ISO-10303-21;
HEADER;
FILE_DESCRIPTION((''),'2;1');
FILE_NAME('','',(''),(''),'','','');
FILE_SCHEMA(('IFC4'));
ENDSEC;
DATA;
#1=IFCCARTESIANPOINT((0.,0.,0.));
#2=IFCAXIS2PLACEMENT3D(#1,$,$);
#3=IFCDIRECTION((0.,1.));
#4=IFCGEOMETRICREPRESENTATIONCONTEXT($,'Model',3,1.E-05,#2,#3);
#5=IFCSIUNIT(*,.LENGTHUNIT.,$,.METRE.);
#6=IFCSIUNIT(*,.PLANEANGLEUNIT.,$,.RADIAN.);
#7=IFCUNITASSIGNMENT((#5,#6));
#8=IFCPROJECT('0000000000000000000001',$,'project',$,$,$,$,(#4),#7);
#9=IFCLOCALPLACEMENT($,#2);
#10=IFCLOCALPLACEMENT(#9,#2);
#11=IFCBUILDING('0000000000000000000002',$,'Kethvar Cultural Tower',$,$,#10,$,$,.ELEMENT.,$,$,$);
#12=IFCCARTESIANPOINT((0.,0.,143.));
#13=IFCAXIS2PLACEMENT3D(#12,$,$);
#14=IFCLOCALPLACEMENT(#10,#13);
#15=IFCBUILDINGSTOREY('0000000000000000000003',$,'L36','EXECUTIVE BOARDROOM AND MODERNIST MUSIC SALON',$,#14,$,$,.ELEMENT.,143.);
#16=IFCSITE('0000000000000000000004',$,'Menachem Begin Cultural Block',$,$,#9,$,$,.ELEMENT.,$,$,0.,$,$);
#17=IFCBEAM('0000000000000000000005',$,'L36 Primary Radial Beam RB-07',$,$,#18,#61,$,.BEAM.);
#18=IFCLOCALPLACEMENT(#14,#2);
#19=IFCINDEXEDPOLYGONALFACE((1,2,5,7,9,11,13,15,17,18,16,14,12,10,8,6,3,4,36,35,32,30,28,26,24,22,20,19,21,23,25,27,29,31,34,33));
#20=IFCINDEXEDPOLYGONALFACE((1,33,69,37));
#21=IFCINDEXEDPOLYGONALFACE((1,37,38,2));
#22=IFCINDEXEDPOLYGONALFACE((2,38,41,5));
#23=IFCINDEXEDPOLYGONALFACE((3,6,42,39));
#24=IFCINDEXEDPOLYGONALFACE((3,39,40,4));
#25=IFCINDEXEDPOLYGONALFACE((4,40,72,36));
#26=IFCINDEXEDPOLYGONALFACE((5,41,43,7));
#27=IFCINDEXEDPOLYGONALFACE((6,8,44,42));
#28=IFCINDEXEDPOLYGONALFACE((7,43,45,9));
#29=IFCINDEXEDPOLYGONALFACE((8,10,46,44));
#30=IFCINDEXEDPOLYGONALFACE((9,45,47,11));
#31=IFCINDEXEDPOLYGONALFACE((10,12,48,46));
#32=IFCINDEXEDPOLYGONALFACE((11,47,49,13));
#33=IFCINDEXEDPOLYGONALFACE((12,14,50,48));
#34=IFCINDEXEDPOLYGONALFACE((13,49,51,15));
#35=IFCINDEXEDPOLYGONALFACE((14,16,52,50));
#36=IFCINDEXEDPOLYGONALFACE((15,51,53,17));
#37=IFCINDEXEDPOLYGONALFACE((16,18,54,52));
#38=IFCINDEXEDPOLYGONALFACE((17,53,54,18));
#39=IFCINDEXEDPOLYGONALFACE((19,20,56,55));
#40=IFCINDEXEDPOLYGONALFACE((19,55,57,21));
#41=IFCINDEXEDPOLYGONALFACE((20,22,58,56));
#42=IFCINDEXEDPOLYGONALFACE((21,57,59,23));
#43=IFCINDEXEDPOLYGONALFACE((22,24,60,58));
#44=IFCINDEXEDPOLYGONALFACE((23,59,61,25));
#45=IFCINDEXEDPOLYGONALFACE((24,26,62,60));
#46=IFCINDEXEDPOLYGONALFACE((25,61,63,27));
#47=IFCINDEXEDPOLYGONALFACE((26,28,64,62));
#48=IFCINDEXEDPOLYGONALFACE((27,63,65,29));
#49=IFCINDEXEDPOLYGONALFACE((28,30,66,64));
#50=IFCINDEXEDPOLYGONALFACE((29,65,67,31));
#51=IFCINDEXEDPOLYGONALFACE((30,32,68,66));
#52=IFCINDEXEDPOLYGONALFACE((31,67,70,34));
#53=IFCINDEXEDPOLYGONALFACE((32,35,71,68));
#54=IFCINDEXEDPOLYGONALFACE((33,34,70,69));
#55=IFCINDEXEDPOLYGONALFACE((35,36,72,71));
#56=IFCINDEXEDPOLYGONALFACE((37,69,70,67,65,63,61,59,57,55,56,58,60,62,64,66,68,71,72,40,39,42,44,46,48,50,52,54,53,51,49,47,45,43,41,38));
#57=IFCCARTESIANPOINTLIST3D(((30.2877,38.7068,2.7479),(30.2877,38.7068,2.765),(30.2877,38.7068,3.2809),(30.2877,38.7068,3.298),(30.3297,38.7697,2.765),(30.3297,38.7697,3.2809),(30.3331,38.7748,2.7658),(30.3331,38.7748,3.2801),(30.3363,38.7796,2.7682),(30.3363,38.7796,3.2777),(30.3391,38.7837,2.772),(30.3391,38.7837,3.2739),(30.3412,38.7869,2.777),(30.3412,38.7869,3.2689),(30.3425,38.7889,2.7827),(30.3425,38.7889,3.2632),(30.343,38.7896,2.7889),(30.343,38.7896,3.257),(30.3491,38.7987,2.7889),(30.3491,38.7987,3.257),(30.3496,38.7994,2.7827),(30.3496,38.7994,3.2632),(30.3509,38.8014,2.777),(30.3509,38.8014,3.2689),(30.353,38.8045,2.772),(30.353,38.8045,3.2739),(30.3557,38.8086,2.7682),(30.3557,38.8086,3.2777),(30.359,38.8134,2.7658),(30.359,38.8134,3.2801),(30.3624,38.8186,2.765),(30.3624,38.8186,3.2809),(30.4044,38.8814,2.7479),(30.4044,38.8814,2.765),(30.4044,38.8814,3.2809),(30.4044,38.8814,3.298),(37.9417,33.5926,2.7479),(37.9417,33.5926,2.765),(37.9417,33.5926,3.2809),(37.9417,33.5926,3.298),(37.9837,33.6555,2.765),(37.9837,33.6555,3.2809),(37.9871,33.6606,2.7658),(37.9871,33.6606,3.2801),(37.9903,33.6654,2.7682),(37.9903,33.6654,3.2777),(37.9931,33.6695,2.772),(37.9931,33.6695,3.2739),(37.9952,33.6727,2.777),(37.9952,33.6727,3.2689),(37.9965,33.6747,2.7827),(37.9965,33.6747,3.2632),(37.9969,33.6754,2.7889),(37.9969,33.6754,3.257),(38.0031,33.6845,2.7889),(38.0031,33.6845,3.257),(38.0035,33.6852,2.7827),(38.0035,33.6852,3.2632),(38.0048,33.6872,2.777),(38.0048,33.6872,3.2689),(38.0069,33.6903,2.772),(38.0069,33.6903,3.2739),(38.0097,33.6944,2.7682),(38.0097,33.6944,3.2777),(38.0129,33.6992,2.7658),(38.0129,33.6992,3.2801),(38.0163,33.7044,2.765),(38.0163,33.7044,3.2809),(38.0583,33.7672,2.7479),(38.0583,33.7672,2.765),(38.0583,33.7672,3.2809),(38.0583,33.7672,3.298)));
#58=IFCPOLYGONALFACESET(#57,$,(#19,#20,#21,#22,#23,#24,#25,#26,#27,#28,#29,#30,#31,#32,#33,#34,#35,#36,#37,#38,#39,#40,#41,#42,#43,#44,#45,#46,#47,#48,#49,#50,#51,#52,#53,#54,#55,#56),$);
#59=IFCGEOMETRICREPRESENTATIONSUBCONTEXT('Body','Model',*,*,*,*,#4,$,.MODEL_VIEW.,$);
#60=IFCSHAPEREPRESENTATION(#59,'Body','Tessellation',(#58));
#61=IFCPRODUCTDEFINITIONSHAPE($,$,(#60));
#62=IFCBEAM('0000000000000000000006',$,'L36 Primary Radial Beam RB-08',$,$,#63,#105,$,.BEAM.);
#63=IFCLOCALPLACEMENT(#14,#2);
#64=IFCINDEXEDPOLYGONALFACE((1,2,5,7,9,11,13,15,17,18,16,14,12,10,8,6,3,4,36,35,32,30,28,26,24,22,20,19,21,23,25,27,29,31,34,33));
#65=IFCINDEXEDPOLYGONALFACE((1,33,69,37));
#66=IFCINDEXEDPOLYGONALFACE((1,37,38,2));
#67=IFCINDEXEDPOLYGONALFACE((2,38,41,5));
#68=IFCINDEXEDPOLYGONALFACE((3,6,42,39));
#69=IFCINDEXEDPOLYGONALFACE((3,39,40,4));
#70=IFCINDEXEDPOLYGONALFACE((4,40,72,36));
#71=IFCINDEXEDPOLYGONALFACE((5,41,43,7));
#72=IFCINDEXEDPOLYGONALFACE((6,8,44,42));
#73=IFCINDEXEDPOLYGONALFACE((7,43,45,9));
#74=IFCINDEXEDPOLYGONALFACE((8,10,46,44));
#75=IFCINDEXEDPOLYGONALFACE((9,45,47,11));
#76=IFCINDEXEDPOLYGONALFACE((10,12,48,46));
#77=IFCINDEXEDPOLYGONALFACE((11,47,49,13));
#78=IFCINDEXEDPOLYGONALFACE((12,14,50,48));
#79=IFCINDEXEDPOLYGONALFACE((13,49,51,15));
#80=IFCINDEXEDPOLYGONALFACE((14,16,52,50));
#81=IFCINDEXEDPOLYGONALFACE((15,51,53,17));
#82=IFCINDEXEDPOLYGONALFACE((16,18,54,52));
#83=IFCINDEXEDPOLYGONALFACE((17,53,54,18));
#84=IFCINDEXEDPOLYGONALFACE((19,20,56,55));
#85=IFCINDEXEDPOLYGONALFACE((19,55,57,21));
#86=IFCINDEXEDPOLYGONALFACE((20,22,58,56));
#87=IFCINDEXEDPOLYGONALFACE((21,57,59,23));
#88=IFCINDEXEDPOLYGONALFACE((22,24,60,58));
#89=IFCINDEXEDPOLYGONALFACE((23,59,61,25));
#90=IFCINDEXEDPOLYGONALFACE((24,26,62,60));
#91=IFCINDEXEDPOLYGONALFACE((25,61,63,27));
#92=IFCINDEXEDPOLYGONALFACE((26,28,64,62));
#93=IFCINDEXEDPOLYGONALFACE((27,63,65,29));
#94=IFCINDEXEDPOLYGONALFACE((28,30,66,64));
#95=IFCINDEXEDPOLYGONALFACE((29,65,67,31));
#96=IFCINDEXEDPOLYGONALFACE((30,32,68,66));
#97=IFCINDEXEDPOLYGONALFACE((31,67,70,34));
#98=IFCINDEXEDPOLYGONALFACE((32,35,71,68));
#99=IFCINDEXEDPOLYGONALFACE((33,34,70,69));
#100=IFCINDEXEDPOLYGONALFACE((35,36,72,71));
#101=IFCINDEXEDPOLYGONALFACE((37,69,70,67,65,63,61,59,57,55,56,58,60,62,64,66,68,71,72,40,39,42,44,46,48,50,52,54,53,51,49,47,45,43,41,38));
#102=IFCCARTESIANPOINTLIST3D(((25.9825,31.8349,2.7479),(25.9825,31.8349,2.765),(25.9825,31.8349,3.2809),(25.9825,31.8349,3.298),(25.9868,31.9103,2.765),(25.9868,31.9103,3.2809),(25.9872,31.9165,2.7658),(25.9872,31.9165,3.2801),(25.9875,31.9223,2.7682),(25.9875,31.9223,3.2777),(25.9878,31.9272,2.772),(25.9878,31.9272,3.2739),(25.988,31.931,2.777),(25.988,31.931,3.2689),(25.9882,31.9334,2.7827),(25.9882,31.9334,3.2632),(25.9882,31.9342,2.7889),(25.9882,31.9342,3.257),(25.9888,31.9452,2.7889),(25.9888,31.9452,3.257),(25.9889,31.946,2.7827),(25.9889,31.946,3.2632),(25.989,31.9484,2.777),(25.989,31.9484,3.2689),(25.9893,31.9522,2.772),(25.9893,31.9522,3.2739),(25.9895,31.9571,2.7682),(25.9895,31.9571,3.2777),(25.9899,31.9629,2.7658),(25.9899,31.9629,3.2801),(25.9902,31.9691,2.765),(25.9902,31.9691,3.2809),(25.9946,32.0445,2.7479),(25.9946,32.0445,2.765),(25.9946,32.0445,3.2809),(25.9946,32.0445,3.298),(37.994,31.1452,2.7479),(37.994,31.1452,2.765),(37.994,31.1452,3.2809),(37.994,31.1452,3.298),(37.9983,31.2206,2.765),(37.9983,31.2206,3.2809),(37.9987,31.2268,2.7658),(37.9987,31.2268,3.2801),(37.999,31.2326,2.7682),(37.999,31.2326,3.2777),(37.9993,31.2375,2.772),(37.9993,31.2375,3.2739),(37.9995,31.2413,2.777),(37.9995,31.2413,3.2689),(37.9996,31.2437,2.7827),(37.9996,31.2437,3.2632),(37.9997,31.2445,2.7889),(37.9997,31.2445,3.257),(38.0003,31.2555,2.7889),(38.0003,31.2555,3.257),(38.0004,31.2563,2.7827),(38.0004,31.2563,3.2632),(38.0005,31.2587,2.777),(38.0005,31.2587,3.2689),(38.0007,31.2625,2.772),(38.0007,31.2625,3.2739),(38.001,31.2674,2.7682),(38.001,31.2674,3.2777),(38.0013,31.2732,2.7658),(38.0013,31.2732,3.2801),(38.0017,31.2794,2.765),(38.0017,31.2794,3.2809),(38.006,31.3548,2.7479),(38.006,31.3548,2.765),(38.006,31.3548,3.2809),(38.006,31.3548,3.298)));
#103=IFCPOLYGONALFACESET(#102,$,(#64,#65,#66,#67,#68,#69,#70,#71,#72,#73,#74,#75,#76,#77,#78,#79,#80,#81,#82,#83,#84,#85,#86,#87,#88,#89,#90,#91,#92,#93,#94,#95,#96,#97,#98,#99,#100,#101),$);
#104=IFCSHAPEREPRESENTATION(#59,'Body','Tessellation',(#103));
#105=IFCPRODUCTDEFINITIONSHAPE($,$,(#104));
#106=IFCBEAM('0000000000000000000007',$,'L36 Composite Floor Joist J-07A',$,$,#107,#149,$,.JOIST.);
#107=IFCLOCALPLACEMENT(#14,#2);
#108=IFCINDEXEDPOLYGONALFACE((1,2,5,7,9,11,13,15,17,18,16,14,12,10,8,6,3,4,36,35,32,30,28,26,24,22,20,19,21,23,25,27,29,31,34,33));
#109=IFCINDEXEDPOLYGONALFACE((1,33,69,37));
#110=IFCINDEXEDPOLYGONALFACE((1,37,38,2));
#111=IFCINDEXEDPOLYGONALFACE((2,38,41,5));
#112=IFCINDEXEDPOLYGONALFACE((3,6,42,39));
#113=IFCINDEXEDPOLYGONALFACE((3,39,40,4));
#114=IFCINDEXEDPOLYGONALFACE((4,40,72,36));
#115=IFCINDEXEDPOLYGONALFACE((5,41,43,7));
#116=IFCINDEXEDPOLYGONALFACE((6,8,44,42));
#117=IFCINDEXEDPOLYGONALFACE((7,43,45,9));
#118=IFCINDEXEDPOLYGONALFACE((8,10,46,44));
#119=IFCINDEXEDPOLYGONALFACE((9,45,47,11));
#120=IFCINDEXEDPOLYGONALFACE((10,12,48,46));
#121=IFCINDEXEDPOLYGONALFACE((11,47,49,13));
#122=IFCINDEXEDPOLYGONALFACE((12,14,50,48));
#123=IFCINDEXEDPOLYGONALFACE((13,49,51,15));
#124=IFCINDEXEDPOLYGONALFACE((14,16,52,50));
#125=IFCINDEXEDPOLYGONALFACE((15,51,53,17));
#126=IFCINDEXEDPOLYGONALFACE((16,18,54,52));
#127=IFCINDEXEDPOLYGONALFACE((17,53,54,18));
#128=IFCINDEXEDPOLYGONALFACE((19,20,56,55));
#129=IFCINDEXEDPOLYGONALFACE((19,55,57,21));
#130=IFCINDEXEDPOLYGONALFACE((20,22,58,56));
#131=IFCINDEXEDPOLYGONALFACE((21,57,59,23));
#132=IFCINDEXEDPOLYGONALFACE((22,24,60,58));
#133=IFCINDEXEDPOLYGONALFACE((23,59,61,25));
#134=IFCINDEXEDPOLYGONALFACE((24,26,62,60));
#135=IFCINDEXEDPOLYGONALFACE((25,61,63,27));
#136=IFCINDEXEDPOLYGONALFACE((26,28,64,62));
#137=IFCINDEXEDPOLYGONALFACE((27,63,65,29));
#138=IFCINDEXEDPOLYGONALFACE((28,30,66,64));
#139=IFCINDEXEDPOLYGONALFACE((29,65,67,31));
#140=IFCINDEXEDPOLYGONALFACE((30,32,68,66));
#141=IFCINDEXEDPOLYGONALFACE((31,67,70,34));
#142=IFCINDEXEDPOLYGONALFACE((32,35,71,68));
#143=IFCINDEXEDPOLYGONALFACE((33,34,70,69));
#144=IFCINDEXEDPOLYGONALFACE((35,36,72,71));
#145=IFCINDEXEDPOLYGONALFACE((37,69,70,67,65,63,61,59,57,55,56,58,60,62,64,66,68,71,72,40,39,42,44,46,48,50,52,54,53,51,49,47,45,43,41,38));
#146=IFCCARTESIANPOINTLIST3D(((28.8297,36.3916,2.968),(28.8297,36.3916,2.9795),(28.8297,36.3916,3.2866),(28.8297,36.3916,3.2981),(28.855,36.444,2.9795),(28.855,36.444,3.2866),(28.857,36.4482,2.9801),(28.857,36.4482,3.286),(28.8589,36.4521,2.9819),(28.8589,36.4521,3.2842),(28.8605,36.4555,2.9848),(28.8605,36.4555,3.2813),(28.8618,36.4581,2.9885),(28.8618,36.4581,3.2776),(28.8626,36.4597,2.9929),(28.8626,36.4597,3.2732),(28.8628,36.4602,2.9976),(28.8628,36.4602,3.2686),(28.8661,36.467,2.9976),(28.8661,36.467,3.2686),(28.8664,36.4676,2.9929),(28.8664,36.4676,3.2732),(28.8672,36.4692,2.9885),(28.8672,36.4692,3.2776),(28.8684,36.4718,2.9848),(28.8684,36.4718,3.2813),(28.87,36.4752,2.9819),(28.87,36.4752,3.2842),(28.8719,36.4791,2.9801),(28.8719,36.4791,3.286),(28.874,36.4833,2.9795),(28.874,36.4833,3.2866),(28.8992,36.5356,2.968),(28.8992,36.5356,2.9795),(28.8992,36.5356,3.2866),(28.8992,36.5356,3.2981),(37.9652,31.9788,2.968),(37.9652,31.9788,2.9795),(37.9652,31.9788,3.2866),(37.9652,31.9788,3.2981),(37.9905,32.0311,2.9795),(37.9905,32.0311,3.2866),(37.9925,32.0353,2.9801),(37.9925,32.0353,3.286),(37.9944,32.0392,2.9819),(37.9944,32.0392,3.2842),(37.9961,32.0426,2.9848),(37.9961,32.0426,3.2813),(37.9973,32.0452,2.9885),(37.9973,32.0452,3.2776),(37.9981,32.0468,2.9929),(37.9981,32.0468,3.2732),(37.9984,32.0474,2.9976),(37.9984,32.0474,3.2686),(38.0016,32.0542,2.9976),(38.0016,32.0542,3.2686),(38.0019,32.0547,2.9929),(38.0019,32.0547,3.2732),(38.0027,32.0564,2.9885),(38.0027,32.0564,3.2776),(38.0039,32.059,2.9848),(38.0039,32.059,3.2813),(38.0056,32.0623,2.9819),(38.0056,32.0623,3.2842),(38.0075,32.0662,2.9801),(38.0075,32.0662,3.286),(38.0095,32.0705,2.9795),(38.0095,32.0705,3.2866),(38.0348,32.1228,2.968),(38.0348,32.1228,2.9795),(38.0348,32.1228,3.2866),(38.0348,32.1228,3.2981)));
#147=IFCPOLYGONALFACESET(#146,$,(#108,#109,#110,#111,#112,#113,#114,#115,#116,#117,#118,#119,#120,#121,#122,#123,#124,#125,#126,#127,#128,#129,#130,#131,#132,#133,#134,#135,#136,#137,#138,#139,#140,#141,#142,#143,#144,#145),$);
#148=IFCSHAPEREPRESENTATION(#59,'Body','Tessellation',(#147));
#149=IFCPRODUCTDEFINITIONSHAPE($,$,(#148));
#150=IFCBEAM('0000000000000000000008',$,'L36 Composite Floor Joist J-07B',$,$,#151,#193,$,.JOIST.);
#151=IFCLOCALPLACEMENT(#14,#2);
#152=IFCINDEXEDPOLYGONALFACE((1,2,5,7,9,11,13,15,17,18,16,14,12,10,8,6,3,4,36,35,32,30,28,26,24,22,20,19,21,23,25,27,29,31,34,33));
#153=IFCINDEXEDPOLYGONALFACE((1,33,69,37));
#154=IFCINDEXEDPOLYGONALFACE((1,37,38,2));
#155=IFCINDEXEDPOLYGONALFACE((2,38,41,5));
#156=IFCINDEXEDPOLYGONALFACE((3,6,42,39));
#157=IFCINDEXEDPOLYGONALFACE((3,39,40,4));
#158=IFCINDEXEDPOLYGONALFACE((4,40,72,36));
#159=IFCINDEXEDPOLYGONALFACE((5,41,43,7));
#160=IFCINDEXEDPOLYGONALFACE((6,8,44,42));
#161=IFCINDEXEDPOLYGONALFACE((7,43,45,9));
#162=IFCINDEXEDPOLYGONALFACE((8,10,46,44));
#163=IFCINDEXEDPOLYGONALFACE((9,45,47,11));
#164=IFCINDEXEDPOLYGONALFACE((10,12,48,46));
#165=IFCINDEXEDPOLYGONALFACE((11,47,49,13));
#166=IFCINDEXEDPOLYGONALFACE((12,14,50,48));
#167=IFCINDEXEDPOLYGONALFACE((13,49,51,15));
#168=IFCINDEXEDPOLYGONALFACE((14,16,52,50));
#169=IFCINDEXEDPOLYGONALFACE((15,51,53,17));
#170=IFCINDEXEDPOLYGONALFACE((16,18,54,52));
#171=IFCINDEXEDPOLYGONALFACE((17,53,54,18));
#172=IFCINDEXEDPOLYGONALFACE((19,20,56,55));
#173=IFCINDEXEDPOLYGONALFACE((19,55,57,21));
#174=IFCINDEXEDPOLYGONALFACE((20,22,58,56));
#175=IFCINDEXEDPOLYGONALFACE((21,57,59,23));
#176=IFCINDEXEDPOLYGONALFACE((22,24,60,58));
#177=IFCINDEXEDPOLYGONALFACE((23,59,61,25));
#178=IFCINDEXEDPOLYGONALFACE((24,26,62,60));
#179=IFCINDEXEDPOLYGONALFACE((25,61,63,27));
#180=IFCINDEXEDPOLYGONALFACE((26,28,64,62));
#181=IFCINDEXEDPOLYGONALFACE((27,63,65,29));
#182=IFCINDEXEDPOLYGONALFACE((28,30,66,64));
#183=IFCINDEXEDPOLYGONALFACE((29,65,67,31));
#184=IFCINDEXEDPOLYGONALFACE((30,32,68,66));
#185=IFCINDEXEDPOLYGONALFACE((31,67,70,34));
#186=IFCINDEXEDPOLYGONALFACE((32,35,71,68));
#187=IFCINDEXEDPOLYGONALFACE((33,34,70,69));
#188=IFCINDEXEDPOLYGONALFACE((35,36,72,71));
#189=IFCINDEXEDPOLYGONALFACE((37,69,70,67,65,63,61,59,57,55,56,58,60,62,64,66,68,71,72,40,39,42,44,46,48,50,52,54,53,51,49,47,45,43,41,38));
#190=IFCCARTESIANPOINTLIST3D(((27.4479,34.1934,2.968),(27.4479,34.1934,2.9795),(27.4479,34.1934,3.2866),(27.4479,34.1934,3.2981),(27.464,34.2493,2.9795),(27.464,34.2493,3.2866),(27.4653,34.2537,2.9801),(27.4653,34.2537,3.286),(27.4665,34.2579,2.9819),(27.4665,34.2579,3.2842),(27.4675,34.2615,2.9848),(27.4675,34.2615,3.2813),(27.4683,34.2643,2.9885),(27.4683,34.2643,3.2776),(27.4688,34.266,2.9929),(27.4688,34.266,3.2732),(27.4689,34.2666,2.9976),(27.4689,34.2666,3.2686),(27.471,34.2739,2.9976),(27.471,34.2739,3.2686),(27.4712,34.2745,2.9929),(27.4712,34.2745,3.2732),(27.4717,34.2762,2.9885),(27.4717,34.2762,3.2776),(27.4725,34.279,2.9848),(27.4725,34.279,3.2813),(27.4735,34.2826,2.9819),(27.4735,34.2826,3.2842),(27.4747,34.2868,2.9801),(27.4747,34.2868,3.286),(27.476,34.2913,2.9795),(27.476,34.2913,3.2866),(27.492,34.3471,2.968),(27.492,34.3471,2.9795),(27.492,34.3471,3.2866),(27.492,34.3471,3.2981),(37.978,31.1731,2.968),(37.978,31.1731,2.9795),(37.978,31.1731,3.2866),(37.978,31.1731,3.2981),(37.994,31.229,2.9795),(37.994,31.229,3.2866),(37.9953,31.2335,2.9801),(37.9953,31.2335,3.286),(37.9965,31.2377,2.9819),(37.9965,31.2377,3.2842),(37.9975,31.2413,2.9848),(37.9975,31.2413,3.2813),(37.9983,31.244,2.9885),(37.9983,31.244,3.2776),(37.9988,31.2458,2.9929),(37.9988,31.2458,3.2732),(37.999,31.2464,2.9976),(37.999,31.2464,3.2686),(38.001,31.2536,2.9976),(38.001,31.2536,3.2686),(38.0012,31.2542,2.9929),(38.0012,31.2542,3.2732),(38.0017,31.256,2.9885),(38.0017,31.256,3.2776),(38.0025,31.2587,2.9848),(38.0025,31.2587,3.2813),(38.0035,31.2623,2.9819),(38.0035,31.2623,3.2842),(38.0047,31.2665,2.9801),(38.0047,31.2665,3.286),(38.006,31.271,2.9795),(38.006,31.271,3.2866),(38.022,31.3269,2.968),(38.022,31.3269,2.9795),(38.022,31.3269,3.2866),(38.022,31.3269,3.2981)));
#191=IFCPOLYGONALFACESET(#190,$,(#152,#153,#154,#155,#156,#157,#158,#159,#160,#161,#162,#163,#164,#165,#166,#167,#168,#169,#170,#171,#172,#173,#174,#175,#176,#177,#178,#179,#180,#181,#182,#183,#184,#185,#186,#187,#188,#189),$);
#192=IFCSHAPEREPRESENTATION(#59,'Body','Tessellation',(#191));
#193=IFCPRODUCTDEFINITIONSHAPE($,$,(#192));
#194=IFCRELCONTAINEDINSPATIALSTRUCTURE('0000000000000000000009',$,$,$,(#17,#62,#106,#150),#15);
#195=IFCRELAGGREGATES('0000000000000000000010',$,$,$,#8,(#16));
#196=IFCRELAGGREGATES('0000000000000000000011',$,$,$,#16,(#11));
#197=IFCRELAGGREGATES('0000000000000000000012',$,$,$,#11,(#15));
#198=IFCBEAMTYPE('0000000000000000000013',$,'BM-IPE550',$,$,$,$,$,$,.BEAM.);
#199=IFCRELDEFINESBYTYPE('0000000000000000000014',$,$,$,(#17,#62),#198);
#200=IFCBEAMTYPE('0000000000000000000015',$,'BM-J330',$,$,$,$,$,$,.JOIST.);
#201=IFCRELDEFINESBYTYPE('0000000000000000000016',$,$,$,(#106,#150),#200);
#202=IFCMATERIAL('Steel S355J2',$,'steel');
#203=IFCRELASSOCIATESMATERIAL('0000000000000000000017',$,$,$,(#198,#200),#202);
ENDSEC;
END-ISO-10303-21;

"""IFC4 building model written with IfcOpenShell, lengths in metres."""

from ifc_helpers import new_model, si_unit, direction, frame, origin, origin_2d, place, context, subcontext, project, spatial, i_section, extrude, source, transform, mapped, material, material_profile, profile_set, type_object, element, save


model = new_model("IFC4")

# Units and contexts
model_context = context("Model", 3, precision=1e-05, world=origin(), true_north=direction((0.0, 1.0)))
body_context = subcontext(model_context, "Body", "Model", "MODEL_VIEW")
ifc_project = project(units=[si_unit("LENGTHUNIT", "METRE"), si_unit("PLANEANGLEUNIT", "RADIAN")], contexts=[model_context])

# Site, building, storey
site_placement = place(None, origin())
site = spatial("IfcSite", under=ifc_project, at=site_placement, Name="Menachem Begin Cultural Block", CompositionType="ELEMENT", RefElevation=0.0)
building_placement = place(site_placement, origin())
building = spatial("IfcBuilding", under=site, at=building_placement, Name="Kethvar Cultural Tower", CompositionType="ELEMENT")
storey_placement = place(building_placement, frame((0.0, 0.0, 143.0)))
storey = spatial("IfcBuildingStorey", under=building, at=storey_placement, Name="L36", Description="EXECUTIVE BOARDROOM AND MODERNIST MUSIC SALON", CompositionType="ELEMENT", Elevation=143.0)

# Beams
ifc_material_1 = material(Name="Steel S355J2", Category="steel")
ifc_material_profile_1 = material_profile(ifc_material_1, i_section(OverallWidth=0.21, OverallDepth=0.55, WebThickness=0.011, FlangeThickness=0.0171, FilletRadius=0.0239, at=origin_2d()), Name="Steel S355J2 — IPE550")
ifc_profile_set_1 = profile_set([ifc_material_profile_1], Name="Steel S355J2 — IPE550")
beam_type_1 = type_object("IfcBeamType", Name="BM-IPE550", PredefinedType="BEAM", material=ifc_profile_set_1)
shared_shape_1 = source(origin(), body_context, "Body", "SweptSolid", [
    extrude(i_section(OverallWidth=0.21, OverallDepth=0.55, WebThickness=0.011, FlangeThickness=0.0171, FilletRadius=0.0239, at=origin_2d()), origin(), (0.0, 0.0, 1.0), 9.2053),
])
beam_1_placement = place(storey_placement, frame((38.0, 33.6799, 3.0229), z_axis=(-0.83147, 0.555569, 0.0), x_axis=(-0.555569, -0.83147, 0.0)))
element("IfcBeam", 1, at=beam_1_placement, inside=storey, type_object=beam_type_1, Name="L36 Primary Radial Beam RB-07", PredefinedType="BEAM", context=body_context, shape_type="MappedRepresentation", body=[
    mapped(shared_shape_1, transform((0.0, 0.0, 0.0), scale=1.0)),
])
shared_shape_2 = source(origin(), body_context, "Body", "SweptSolid", [
    extrude(i_section(OverallWidth=0.21, OverallDepth=0.55, WebThickness=0.011, FlangeThickness=0.0171, FilletRadius=0.0239, at=origin_2d()), origin(), (0.0, 0.0, 1.0), 12.0312),
])
beam_2_placement = place(storey_placement, frame((38.0, 31.25, 3.0229), z_axis=(-0.998356, 0.057325, 0.0), x_axis=(-0.057325, -0.998356, 0.0)))
element("IfcBeam", 2, at=beam_2_placement, inside=storey, type_object=beam_type_1, Name="L36 Primary Radial Beam RB-08", PredefinedType="BEAM", context=body_context, shape_type="MappedRepresentation", body=[
    mapped(shared_shape_2, transform((0.0, 0.0, 0.0), scale=1.0)),
])
ifc_material_profile_2 = material_profile(ifc_material_1, i_section(OverallWidth=0.1599, OverallDepth=0.3301, WebThickness=0.0076, FlangeThickness=0.0115, FilletRadius=0.0181, at=origin_2d()), Name="Steel S355J2 — IPE330")
ifc_profile_set_2 = profile_set([ifc_material_profile_2], Name="Steel S355J2 — IPE330")
beam_type_2 = type_object("IfcBeamType", Name="BM-J330", PredefinedType="JOIST", material=ifc_profile_set_2)
shared_shape_3 = source(origin(), body_context, "Body", "SweptSolid", [
    extrude(i_section(OverallWidth=0.1599, OverallDepth=0.3301, WebThickness=0.0076, FlangeThickness=0.0115, FilletRadius=0.0181, at=origin_2d()), origin(), (0.0, 0.0, 1.0), 10.1455),
])
beam_3_placement = place(storey_placement, frame((38.0, 32.0508, 3.1331), z_axis=(-0.900451, 0.434957, 0.0), x_axis=(-0.434957, -0.900451, 0.0)))
element("IfcBeam", 3, at=beam_3_placement, inside=storey, type_object=beam_type_2, Name="L36 Composite Floor Joist J-07A", PredefinedType="JOIST", context=body_context, shape_type="MappedRepresentation", body=[
    mapped(shared_shape_3, transform((0.0, 0.0, 0.0), scale=1.0)),
])
shared_shape_4 = source(origin(), body_context, "Body", "SweptSolid", [
    extrude(i_section(OverallWidth=0.1599, OverallDepth=0.3301, WebThickness=0.0076, FlangeThickness=0.0115, FilletRadius=0.0181, at=origin_2d()), origin(), (0.0, 0.0, 1.0), 10.9546),
])
beam_4_placement = place(storey_placement, frame((38.0, 31.25, 3.1331), z_axis=(-0.961242, 0.275707, 0.0), x_axis=(-0.275707, -0.961242, 0.0)))
element("IfcBeam", 4, at=beam_4_placement, inside=storey, type_object=beam_type_2, Name="L36 Composite Floor Joist J-07B", PredefinedType="JOIST", context=body_context, shape_type="MappedRepresentation", body=[
    mapped(shared_shape_4, transform((0.0, 0.0, 0.0), scale=1.0)),
])

save(model, "model.ifc")
